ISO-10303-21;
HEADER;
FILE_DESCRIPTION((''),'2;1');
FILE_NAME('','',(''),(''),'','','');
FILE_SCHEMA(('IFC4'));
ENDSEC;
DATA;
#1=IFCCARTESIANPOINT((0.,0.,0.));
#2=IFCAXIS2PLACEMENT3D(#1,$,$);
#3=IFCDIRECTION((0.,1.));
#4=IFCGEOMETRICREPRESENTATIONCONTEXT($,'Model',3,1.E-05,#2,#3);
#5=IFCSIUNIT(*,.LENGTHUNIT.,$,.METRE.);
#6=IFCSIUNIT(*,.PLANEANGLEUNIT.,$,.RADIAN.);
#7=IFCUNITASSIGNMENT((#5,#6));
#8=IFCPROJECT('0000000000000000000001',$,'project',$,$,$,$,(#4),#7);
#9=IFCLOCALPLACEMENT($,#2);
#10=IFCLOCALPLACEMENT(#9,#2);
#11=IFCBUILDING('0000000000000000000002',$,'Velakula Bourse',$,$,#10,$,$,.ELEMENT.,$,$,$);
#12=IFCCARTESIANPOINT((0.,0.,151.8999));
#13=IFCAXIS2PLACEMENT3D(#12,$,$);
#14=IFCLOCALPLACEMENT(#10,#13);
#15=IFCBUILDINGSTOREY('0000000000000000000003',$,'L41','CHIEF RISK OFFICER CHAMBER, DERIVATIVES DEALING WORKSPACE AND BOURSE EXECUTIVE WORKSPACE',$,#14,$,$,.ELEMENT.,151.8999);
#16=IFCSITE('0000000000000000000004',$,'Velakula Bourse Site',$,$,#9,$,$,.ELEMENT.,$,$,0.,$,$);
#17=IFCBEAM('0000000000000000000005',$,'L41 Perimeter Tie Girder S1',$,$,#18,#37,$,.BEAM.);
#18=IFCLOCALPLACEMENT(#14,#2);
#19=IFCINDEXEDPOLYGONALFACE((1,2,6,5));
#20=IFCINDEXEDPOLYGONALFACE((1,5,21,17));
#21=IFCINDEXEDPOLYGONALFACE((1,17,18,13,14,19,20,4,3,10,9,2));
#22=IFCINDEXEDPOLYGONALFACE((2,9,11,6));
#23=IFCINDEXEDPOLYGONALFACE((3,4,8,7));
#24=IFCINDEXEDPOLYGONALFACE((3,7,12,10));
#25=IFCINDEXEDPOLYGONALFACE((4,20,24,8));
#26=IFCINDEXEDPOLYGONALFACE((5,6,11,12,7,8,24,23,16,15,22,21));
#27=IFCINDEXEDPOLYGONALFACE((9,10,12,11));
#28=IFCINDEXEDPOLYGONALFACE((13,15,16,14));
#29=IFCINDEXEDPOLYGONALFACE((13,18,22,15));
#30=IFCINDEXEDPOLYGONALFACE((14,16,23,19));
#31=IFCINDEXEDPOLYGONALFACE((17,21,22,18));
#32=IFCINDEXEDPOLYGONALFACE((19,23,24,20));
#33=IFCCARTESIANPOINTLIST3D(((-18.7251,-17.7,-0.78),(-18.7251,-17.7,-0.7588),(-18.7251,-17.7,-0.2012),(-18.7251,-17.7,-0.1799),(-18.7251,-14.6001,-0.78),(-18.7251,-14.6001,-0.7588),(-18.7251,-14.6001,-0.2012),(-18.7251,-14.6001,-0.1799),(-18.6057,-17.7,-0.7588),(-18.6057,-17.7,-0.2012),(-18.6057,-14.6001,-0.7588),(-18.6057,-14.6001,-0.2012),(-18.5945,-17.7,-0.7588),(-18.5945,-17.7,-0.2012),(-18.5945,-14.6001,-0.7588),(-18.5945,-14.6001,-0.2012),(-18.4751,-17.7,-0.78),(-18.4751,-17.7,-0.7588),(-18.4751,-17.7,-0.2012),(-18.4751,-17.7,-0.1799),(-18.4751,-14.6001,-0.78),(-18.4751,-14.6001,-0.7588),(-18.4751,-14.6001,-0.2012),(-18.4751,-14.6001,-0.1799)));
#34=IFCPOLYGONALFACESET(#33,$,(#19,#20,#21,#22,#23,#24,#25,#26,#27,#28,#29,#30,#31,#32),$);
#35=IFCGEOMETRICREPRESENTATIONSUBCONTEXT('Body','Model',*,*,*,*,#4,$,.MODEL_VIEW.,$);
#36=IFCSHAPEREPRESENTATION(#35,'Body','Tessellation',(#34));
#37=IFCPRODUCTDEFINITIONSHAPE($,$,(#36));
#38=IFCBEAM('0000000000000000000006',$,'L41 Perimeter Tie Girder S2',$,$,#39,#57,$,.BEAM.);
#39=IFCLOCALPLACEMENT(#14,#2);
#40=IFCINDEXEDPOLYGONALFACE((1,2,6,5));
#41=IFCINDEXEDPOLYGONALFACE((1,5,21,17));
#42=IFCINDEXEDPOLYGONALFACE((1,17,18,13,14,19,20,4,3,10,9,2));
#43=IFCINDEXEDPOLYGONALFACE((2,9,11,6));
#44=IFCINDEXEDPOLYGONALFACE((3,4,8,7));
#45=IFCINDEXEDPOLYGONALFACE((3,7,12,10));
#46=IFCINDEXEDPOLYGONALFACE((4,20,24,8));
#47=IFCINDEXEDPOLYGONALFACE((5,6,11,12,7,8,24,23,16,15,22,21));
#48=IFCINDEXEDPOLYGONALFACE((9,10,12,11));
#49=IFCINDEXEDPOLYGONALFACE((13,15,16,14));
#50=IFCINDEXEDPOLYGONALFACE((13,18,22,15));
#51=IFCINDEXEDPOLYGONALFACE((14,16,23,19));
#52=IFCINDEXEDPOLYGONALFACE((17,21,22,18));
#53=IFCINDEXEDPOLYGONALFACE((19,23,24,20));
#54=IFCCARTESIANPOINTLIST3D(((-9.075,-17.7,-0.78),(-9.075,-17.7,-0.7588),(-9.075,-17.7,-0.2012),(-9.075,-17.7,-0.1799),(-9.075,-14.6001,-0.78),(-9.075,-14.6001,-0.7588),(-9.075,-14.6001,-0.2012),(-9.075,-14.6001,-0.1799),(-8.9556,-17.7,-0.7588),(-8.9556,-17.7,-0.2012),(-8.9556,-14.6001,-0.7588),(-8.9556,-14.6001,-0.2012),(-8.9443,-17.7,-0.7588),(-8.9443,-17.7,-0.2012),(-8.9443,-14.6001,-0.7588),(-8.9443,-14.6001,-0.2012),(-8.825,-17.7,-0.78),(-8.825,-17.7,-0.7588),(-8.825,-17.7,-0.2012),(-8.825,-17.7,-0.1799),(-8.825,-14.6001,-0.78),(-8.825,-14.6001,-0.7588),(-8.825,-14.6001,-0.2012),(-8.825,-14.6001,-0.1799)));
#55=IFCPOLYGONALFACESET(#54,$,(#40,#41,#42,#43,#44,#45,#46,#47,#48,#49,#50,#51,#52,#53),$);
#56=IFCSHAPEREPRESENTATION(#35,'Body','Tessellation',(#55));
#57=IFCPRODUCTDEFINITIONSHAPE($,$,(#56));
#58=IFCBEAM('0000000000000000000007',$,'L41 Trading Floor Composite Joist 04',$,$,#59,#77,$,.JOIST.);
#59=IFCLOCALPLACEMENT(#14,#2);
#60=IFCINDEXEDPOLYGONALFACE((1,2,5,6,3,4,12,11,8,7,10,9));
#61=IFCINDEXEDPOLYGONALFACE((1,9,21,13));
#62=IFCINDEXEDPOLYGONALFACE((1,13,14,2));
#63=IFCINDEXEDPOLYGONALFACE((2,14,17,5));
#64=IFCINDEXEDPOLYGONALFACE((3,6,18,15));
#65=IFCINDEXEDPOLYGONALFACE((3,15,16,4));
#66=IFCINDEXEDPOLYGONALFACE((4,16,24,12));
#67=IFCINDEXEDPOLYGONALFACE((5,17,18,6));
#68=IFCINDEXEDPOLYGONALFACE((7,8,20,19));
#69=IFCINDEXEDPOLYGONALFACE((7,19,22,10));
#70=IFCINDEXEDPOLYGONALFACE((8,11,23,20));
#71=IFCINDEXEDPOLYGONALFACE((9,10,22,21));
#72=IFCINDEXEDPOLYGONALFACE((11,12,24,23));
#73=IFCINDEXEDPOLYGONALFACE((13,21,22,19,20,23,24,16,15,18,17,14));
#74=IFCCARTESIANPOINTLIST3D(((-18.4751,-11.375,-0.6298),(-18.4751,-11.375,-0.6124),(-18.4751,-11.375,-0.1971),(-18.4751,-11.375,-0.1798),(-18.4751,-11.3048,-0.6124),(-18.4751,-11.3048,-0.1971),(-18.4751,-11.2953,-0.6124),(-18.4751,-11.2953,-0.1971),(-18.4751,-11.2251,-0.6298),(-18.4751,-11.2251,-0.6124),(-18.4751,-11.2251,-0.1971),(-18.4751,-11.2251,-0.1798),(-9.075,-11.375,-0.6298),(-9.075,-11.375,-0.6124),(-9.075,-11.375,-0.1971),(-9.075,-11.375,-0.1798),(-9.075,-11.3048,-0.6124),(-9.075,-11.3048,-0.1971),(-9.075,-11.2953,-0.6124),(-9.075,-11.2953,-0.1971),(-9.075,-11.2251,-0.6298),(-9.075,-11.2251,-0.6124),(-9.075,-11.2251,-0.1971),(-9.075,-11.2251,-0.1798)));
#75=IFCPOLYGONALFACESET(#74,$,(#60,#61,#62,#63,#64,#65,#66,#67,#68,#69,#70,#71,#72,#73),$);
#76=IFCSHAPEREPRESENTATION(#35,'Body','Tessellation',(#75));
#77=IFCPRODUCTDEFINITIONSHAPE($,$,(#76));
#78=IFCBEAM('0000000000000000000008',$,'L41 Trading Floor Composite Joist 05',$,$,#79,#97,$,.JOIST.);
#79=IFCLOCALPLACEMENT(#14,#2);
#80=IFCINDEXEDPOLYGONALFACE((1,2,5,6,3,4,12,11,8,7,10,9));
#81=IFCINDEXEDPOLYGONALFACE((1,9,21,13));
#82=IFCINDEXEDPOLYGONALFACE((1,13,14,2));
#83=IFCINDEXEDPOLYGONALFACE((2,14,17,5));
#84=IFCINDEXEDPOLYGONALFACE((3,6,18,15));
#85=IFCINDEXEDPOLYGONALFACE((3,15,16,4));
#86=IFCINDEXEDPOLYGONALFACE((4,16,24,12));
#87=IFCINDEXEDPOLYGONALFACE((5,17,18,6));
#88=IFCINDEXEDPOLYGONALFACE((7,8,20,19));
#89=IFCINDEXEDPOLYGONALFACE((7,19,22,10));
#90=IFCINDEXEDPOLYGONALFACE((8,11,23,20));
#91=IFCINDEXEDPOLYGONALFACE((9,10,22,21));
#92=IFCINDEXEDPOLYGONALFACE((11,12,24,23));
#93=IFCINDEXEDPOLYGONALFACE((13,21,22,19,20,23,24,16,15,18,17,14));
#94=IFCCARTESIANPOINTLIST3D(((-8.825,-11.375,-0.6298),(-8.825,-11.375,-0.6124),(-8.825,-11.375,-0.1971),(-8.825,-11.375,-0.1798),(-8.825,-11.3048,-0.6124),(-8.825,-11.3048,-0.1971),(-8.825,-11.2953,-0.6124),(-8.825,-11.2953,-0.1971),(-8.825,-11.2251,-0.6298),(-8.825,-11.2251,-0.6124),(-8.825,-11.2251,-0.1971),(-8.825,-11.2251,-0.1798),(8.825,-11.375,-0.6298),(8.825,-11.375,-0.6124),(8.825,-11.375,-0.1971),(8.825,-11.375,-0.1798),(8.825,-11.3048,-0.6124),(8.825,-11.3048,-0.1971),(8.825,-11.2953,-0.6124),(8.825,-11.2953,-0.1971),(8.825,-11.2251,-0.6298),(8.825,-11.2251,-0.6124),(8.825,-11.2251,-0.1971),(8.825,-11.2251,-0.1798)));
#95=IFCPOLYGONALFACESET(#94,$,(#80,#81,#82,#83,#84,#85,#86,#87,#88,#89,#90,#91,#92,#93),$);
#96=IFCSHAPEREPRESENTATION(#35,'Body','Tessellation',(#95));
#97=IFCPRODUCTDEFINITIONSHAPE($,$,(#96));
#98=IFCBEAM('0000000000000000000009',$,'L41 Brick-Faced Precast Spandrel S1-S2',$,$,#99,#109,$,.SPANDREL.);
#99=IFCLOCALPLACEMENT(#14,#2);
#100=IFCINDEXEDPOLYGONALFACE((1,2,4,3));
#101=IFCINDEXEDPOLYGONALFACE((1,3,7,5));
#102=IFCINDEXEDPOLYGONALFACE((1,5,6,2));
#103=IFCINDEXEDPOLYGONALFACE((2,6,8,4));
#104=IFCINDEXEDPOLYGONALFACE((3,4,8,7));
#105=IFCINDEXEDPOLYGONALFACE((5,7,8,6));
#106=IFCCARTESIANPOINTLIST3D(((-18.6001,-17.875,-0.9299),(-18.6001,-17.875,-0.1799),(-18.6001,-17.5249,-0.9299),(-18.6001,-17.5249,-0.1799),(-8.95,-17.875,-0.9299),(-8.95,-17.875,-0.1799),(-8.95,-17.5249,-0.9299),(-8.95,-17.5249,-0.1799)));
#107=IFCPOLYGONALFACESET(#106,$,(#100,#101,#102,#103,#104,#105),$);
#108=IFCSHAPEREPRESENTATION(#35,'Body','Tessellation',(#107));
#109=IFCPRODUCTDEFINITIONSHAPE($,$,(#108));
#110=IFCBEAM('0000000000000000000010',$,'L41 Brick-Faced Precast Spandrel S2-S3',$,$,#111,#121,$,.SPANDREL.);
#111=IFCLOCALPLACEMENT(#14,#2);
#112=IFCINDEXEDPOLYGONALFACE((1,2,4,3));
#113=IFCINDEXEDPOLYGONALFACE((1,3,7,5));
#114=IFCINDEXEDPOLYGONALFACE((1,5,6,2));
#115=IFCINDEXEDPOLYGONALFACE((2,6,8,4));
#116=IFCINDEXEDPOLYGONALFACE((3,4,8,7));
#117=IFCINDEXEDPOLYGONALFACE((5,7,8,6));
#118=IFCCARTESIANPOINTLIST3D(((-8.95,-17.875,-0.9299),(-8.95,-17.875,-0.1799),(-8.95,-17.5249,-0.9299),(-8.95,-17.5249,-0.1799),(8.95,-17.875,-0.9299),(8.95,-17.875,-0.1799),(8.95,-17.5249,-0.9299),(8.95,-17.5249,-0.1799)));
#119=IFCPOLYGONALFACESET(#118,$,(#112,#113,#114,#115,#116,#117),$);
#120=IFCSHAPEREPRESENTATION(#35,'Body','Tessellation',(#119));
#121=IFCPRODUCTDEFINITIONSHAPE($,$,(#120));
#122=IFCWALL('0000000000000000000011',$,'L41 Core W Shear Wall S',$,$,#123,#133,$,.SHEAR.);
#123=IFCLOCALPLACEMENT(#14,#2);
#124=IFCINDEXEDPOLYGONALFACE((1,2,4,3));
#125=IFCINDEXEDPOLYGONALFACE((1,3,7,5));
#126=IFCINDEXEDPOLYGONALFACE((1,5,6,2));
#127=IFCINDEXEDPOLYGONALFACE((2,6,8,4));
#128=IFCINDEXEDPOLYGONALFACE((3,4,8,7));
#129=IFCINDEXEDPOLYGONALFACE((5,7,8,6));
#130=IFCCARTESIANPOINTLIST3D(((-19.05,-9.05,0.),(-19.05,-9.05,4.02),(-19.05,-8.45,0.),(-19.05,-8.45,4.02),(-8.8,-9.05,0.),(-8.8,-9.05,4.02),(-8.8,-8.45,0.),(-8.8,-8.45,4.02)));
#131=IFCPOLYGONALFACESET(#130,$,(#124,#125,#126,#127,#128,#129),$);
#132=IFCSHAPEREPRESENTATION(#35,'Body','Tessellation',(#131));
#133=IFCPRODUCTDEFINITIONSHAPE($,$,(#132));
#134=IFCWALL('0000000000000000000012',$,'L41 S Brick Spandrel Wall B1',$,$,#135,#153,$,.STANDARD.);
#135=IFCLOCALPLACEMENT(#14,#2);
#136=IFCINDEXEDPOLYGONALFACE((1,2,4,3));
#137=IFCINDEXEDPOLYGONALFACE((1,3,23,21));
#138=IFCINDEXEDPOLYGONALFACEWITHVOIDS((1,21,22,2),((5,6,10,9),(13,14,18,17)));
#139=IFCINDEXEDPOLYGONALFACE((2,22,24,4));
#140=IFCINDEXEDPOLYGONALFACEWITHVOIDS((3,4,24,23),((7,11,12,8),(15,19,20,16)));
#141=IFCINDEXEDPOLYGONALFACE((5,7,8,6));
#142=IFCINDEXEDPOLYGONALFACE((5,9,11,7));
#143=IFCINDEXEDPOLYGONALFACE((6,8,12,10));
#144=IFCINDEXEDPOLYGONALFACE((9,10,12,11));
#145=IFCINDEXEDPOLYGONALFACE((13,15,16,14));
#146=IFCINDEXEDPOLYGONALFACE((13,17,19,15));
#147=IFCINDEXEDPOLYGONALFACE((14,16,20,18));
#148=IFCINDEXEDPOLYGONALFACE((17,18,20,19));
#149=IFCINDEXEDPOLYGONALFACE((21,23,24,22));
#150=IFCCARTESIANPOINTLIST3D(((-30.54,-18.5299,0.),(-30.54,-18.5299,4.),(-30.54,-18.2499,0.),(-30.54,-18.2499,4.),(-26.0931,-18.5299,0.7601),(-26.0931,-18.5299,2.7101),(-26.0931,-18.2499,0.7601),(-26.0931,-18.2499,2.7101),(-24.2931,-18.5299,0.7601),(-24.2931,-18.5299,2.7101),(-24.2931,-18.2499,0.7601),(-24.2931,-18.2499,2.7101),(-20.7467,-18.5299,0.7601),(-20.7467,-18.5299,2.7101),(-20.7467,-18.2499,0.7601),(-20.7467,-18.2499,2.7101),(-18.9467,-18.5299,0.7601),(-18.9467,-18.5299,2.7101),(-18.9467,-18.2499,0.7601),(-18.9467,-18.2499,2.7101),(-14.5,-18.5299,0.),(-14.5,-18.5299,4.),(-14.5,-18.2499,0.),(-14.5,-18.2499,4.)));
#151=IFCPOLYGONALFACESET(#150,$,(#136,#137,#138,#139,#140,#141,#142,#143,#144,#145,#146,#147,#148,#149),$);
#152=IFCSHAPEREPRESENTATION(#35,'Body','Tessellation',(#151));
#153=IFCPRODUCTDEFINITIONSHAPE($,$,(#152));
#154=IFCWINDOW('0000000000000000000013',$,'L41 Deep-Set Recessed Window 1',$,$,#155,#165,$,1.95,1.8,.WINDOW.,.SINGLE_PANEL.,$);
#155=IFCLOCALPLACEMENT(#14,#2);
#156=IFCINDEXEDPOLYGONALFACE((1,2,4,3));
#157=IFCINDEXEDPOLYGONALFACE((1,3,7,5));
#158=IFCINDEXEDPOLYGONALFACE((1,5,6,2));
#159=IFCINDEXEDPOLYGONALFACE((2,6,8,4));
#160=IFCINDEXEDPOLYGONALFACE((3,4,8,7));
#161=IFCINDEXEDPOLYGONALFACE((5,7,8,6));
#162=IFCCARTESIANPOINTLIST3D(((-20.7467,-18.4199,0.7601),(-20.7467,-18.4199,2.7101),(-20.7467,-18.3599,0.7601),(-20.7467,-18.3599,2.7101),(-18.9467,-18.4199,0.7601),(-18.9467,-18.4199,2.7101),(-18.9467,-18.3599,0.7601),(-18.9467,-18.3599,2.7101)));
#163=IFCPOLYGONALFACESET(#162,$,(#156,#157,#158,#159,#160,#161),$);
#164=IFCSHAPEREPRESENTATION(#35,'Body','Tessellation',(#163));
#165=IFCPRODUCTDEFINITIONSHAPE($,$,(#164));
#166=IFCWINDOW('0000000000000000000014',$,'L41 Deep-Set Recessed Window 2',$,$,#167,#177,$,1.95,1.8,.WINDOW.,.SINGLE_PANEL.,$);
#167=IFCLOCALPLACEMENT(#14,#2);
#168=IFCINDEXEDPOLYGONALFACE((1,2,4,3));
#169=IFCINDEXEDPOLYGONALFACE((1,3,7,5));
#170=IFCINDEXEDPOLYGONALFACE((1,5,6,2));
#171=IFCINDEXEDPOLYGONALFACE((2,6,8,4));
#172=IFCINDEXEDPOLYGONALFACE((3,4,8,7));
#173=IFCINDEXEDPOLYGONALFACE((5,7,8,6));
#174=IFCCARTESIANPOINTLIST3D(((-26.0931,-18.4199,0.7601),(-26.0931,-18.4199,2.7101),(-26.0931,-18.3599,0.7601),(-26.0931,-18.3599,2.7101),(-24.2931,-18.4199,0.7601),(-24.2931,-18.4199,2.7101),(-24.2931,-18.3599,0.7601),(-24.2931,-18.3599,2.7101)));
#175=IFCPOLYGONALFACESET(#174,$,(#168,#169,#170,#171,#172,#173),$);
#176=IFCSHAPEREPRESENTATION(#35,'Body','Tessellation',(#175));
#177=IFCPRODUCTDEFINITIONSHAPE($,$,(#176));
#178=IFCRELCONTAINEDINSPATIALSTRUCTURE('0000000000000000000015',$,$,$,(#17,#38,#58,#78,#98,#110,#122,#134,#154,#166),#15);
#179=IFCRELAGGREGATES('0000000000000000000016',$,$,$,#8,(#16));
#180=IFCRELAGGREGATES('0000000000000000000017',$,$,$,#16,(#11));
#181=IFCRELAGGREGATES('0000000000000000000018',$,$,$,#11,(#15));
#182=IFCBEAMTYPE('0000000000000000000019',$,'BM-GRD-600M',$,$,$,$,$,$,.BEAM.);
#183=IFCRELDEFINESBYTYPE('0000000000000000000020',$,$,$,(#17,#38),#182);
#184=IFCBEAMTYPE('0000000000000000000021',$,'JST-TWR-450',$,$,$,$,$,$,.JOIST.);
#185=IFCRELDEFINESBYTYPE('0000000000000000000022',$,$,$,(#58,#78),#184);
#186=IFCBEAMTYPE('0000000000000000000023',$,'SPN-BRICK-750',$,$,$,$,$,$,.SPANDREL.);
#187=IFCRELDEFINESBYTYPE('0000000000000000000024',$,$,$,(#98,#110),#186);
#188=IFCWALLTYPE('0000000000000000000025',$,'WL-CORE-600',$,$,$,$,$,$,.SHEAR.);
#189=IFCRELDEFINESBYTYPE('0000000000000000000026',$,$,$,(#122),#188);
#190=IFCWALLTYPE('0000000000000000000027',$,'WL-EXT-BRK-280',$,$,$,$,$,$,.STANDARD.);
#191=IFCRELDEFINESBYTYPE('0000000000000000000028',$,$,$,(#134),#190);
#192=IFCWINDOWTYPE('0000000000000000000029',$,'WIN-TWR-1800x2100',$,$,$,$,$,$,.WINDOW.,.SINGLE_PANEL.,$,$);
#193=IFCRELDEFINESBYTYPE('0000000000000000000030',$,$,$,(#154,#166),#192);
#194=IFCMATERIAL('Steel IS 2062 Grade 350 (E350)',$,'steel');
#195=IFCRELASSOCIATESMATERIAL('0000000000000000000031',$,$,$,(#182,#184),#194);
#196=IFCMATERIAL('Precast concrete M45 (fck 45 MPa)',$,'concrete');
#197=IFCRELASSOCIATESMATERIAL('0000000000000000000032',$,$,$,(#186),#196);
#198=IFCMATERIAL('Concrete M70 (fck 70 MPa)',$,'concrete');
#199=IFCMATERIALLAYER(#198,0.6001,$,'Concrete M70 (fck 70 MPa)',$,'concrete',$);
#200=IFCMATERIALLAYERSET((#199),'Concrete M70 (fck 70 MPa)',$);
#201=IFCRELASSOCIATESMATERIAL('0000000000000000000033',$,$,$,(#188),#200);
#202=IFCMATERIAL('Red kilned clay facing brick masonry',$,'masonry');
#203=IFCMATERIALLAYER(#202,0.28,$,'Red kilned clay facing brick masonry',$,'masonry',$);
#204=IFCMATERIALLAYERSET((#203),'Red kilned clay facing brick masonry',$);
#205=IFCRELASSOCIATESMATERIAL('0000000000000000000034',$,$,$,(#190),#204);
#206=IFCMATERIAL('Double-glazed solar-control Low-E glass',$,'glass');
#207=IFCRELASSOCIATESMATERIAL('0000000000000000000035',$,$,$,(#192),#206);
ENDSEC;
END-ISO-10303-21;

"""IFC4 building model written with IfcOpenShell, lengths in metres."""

from ifc_helpers import new_model, si_unit, direction, frame, frame_2d, origin, origin_2d, place, context, subcontext, project, spatial, rectangle, i_section, extrude, material, layer, layer_set, material_profile, profile_set, type_object, element, fill, save


model = new_model("IFC4")

# Units and contexts
model_context = context("Model", 3, precision=1e-05, world=origin(), true_north=direction((0.0, 1.0)))
body_context = subcontext(model_context, "Body", "Model", "MODEL_VIEW")
ifc_project = project(units=[si_unit("LENGTHUNIT", "METRE"), si_unit("PLANEANGLEUNIT", "RADIAN")], contexts=[model_context])

# Site, building, storey
site_placement = place(None, origin())
site = spatial("IfcSite", under=ifc_project, at=site_placement, Name="Velakula Bourse Site", CompositionType="ELEMENT", RefElevation=0.0)
building_placement = place(site_placement, origin())
building = spatial("IfcBuilding", under=site, at=building_placement, Name="Velakula Bourse", CompositionType="ELEMENT")
storey_placement = place(building_placement, frame((0.0, 0.0, 151.8999)))
storey = spatial("IfcBuildingStorey", under=building, at=storey_placement, Name="L41", Description="CHIEF RISK OFFICER CHAMBER, DERIVATIVES DEALING WORKSPACE AND BOURSE EXECUTIVE WORKSPACE", CompositionType="ELEMENT", Elevation=151.8999)

# Shared definitions
ifc_material_1 = material(Name="Concrete M70 (fck 70 MPa)", Category="concrete")
ifc_material_2 = material(Name="Steel IS 2062 Grade 350 (E350)", Category="steel")

# Beams
ifc_material_profile_1 = material_profile(ifc_material_2, i_section(OverallWidth=0.25, OverallDepth=0.6001, WebThickness=0.0112, FlangeThickness=0.0212, at=origin_2d()), Name="Steel IS 2062 Grade 350 (E350)")
ifc_profile_set_1 = profile_set([ifc_material_profile_1], Name="Steel IS 2062 Grade 350 (E350)")
beam_type_1 = type_object("IfcBeamType", Name="BM-GRD-600M", PredefinedType="BEAM", material=ifc_profile_set_1)
for number, where, z_axis, x_axis, name in (
    (1, (-18.6001, -14.6001, -0.48), (0.0, -1.0, 0.0), (1.0, 0.0, 0.0), "L41 Perimeter Tie Girder S1"),
    (2, (-8.95, -14.6001, -0.48), (0.0, -1.0, 0.0), (1.0, 0.0, 0.0), "L41 Perimeter Tie Girder S2"),
):
    element("IfcBeam", number, at=place(storey_placement, frame(where, z_axis=z_axis, x_axis=x_axis)), inside=storey, type_object=beam_type_1, Name=name, PredefinedType="BEAM", context=body_context, shape_type="SweptSolid", body=[
        extrude(i_section(OverallWidth=0.25, OverallDepth=0.6001, WebThickness=0.0112, FlangeThickness=0.0212, at=origin_2d()), origin(), (0.0, 0.0, 1.0), 3.0999),
    ])
ifc_material_profile_2 = material_profile(ifc_material_2, i_section(OverallWidth=0.1499, OverallDepth=0.45, WebThickness=0.0095, FlangeThickness=0.0173, at=origin_2d()), Name="Steel IS 2062 Grade 350 (E350)")
ifc_profile_set_2 = profile_set([ifc_material_profile_2], Name="Steel IS 2062 Grade 350 (E350)")
beam_type_2 = type_object("IfcBeamType", Name="JST-TWR-450", PredefinedType="JOIST", material=ifc_profile_set_2)
beam_1_placement = place(storey_placement, frame((-18.4751, -11.3, -0.4048), z_axis=(1.0, 0.0, 0.0), x_axis=(0.0, 1.0, 0.0)))
element("IfcBeam", 3, at=beam_1_placement, inside=storey, type_object=beam_type_2, Name="L41 Trading Floor Composite Joist 04", PredefinedType="JOIST", context=body_context, shape_type="SweptSolid", body=[
    extrude(i_section(OverallWidth=0.1499, OverallDepth=0.45, WebThickness=0.0095, FlangeThickness=0.0173, at=origin_2d()), origin(), (0.0, 0.0, 1.0), 9.4001),
])
beam_2_placement = place(storey_placement, frame((-8.825, -11.3, -0.4048), z_axis=(1.0, 0.0, 0.0), x_axis=(0.0, 1.0, 0.0)))
element("IfcBeam", 4, at=beam_2_placement, inside=storey, type_object=beam_type_2, Name="L41 Trading Floor Composite Joist 05", PredefinedType="JOIST", context=body_context, shape_type="SweptSolid", body=[
    extrude(i_section(OverallWidth=0.1499, OverallDepth=0.45, WebThickness=0.0095, FlangeThickness=0.0173, at=origin_2d()), origin(), (0.0, 0.0, 1.0), 17.6499),
])
ifc_material_3 = material(Name="Precast concrete M45 (fck 45 MPa)", Category="concrete")
ifc_material_profile_3 = material_profile(ifc_material_3, rectangle(XDim=0.3501, YDim=0.75, at=origin_2d()), Name="Precast concrete M45 (fck 45 MPa)")
ifc_profile_set_3 = profile_set([ifc_material_profile_3], Name="Precast concrete M45 (fck 45 MPa)")
beam_type_3 = type_object("IfcBeamType", Name="SPN-BRICK-750", PredefinedType="SPANDREL", material=ifc_profile_set_3)
beam_3_placement = place(storey_placement, frame((-18.6001, -17.7, -0.5549), z_axis=(1.0, 0.0, 0.0), x_axis=(0.0, 1.0, 0.0)))
element("IfcBeam", 5, at=beam_3_placement, inside=storey, type_object=beam_type_3, Name="L41 Brick-Faced Precast Spandrel S1-S2", PredefinedType="SPANDREL", context=body_context, shape_type="SweptSolid", body=[
    extrude(rectangle(XDim=0.3501, YDim=0.75, at=origin_2d()), origin(), (0.0, 0.0, 1.0), 9.6501),
])
beam_4_placement = place(storey_placement, frame((-8.95, -17.7, -0.5549), z_axis=(1.0, 0.0, 0.0), x_axis=(0.0, 1.0, 0.0)))
element("IfcBeam", 6, at=beam_4_placement, inside=storey, type_object=beam_type_3, Name="L41 Brick-Faced Precast Spandrel S2-S3", PredefinedType="SPANDREL", context=body_context, shape_type="SweptSolid", body=[
    extrude(rectangle(XDim=0.3501, YDim=0.75, at=origin_2d()), origin(), (0.0, 0.0, 1.0), 17.8999),
])

# Wall
ifc_layer_1 = layer(ifc_material_1, 0.6001, Name="Concrete M70 (fck 70 MPa)", Category="concrete")
ifc_layer_set_1 = layer_set([ifc_layer_1], Name="Concrete M70 (fck 70 MPa)")
wall_type_1 = type_object("IfcWallType", Name="WL-CORE-600", PredefinedType="SHEAR", material=ifc_layer_set_1)
wall_1_placement = place(storey_placement, frame((-19.05, -8.75, 0.0), z_axis=(0.0, 0.0, 1.0), x_axis=(1.0, 0.0, 0.0)))
element("IfcWall", 7, at=wall_1_placement, inside=storey, type_object=wall_type_1, Name="L41 Core W Shear Wall S", PredefinedType="SHEAR", context=body_context, shape_type="SweptSolid", body=[
    extrude(rectangle(XDim=10.25, YDim=0.6001, at=frame_2d((5.125, 0.0))), origin(), (0.0, 0.0, 1.0), 4.02),
])

# Wall, openings, windows
ifc_material_4 = material(Name="Red kilned clay facing brick masonry", Category="masonry")
ifc_layer_2 = layer(ifc_material_4, 0.28, Name="Red kilned clay facing brick masonry", Category="masonry")
ifc_layer_set_2 = layer_set([ifc_layer_2], Name="Red kilned clay facing brick masonry")
wall_type_2 = type_object("IfcWallType", Name="WL-EXT-BRK-280", PredefinedType="STANDARD", material=ifc_layer_set_2)
wall_2_placement = place(storey_placement, frame((-14.5, -18.3899, 0.0), z_axis=(0.0, 0.0, 1.0), x_axis=(-1.0, 0.0, 0.0)))
wall_2 = element("IfcWall", 8, at=wall_2_placement, inside=storey, type_object=wall_type_2, Name="L41 S Brick Spandrel Wall B1", PredefinedType="STANDARD", context=body_context, shape_type="SweptSolid", body=[
    extrude(rectangle(XDim=16.04, YDim=0.28, at=frame_2d((8.02, 0.0))), origin(), (0.0, 0.0, 1.0), 4.0),
])
opening_1_placement = place(wall_2_placement, frame((4.4468, 0.0, 0.76)))
opening_1 = element("IfcOpeningElement", 9, at=opening_1_placement, cuts=wall_2, PredefinedType="OPENING", context=body_context, shape_type="SweptSolid", body=[
    extrude(rectangle(XDim=1.8, YDim=1.95, at=frame_2d((0.8999, 0.9751))), frame((0.0, 0.1499, 0.0), z_axis=(0.0, -1.0, 0.0), x_axis=(1.0, 0.0, 0.0)), (0.0, 0.0, 1.0), 0.3),
])
opening_2_placement = place(wall_2_placement, frame((9.7932, 0.0, 0.76)))
opening_2 = element("IfcOpeningElement", 10, at=opening_2_placement, cuts=wall_2, PredefinedType="OPENING", context=body_context, shape_type="SweptSolid", body=[
    extrude(rectangle(XDim=1.8, YDim=1.95, at=frame_2d((0.8999, 0.9751))), frame((0.0, 0.1499, 0.0), z_axis=(0.0, -1.0, 0.0), x_axis=(1.0, 0.0, 0.0)), (0.0, 0.0, 1.0), 0.3),
])
ifc_material_5 = material(Name="Double-glazed solar-control Low-E glass", Category="glass")
window_type = type_object("IfcWindowType", Name="WIN-TWR-1800x2100", PartitioningType="SINGLE_PANEL", PredefinedType="WINDOW", material=ifc_material_5)
window_1_placement = place(opening_1_placement, origin())
window_1 = element("IfcWindow", 11, at=window_1_placement, inside=storey, type_object=window_type, Name="L41 Deep-Set Recessed Window 1", OverallHeight=1.95, OverallWidth=1.8, PartitioningType="SINGLE_PANEL", PredefinedType="WINDOW", context=body_context, shape_type="SweptSolid", body=[
    extrude(rectangle(XDim=1.8, YDim=1.95, at=frame_2d((0.8999, 0.9751))), frame((0.0, 0.03, 0.0), z_axis=(0.0, -1.0, 0.0), x_axis=(1.0, 0.0, 0.0)), (0.0, 0.0, 1.0), 0.0601),
])
fill(opening_1, window_1)
window_2_placement = place(opening_2_placement, origin())
window_2 = element("IfcWindow", 12, at=window_2_placement, inside=storey, type_object=window_type, Name="L41 Deep-Set Recessed Window 2", OverallHeight=1.95, OverallWidth=1.8, PartitioningType="SINGLE_PANEL", PredefinedType="WINDOW", context=body_context, shape_type="SweptSolid", body=[
    extrude(rectangle(XDim=1.8, YDim=1.95, at=frame_2d((0.8999, 0.9751))), frame((0.0, 0.03, 0.0), z_axis=(0.0, -1.0, 0.0), x_axis=(1.0, 0.0, 0.0)), (0.0, 0.0, 1.0), 0.0601),
])
fill(opening_2, window_2)

save(model, "model.ifc")
